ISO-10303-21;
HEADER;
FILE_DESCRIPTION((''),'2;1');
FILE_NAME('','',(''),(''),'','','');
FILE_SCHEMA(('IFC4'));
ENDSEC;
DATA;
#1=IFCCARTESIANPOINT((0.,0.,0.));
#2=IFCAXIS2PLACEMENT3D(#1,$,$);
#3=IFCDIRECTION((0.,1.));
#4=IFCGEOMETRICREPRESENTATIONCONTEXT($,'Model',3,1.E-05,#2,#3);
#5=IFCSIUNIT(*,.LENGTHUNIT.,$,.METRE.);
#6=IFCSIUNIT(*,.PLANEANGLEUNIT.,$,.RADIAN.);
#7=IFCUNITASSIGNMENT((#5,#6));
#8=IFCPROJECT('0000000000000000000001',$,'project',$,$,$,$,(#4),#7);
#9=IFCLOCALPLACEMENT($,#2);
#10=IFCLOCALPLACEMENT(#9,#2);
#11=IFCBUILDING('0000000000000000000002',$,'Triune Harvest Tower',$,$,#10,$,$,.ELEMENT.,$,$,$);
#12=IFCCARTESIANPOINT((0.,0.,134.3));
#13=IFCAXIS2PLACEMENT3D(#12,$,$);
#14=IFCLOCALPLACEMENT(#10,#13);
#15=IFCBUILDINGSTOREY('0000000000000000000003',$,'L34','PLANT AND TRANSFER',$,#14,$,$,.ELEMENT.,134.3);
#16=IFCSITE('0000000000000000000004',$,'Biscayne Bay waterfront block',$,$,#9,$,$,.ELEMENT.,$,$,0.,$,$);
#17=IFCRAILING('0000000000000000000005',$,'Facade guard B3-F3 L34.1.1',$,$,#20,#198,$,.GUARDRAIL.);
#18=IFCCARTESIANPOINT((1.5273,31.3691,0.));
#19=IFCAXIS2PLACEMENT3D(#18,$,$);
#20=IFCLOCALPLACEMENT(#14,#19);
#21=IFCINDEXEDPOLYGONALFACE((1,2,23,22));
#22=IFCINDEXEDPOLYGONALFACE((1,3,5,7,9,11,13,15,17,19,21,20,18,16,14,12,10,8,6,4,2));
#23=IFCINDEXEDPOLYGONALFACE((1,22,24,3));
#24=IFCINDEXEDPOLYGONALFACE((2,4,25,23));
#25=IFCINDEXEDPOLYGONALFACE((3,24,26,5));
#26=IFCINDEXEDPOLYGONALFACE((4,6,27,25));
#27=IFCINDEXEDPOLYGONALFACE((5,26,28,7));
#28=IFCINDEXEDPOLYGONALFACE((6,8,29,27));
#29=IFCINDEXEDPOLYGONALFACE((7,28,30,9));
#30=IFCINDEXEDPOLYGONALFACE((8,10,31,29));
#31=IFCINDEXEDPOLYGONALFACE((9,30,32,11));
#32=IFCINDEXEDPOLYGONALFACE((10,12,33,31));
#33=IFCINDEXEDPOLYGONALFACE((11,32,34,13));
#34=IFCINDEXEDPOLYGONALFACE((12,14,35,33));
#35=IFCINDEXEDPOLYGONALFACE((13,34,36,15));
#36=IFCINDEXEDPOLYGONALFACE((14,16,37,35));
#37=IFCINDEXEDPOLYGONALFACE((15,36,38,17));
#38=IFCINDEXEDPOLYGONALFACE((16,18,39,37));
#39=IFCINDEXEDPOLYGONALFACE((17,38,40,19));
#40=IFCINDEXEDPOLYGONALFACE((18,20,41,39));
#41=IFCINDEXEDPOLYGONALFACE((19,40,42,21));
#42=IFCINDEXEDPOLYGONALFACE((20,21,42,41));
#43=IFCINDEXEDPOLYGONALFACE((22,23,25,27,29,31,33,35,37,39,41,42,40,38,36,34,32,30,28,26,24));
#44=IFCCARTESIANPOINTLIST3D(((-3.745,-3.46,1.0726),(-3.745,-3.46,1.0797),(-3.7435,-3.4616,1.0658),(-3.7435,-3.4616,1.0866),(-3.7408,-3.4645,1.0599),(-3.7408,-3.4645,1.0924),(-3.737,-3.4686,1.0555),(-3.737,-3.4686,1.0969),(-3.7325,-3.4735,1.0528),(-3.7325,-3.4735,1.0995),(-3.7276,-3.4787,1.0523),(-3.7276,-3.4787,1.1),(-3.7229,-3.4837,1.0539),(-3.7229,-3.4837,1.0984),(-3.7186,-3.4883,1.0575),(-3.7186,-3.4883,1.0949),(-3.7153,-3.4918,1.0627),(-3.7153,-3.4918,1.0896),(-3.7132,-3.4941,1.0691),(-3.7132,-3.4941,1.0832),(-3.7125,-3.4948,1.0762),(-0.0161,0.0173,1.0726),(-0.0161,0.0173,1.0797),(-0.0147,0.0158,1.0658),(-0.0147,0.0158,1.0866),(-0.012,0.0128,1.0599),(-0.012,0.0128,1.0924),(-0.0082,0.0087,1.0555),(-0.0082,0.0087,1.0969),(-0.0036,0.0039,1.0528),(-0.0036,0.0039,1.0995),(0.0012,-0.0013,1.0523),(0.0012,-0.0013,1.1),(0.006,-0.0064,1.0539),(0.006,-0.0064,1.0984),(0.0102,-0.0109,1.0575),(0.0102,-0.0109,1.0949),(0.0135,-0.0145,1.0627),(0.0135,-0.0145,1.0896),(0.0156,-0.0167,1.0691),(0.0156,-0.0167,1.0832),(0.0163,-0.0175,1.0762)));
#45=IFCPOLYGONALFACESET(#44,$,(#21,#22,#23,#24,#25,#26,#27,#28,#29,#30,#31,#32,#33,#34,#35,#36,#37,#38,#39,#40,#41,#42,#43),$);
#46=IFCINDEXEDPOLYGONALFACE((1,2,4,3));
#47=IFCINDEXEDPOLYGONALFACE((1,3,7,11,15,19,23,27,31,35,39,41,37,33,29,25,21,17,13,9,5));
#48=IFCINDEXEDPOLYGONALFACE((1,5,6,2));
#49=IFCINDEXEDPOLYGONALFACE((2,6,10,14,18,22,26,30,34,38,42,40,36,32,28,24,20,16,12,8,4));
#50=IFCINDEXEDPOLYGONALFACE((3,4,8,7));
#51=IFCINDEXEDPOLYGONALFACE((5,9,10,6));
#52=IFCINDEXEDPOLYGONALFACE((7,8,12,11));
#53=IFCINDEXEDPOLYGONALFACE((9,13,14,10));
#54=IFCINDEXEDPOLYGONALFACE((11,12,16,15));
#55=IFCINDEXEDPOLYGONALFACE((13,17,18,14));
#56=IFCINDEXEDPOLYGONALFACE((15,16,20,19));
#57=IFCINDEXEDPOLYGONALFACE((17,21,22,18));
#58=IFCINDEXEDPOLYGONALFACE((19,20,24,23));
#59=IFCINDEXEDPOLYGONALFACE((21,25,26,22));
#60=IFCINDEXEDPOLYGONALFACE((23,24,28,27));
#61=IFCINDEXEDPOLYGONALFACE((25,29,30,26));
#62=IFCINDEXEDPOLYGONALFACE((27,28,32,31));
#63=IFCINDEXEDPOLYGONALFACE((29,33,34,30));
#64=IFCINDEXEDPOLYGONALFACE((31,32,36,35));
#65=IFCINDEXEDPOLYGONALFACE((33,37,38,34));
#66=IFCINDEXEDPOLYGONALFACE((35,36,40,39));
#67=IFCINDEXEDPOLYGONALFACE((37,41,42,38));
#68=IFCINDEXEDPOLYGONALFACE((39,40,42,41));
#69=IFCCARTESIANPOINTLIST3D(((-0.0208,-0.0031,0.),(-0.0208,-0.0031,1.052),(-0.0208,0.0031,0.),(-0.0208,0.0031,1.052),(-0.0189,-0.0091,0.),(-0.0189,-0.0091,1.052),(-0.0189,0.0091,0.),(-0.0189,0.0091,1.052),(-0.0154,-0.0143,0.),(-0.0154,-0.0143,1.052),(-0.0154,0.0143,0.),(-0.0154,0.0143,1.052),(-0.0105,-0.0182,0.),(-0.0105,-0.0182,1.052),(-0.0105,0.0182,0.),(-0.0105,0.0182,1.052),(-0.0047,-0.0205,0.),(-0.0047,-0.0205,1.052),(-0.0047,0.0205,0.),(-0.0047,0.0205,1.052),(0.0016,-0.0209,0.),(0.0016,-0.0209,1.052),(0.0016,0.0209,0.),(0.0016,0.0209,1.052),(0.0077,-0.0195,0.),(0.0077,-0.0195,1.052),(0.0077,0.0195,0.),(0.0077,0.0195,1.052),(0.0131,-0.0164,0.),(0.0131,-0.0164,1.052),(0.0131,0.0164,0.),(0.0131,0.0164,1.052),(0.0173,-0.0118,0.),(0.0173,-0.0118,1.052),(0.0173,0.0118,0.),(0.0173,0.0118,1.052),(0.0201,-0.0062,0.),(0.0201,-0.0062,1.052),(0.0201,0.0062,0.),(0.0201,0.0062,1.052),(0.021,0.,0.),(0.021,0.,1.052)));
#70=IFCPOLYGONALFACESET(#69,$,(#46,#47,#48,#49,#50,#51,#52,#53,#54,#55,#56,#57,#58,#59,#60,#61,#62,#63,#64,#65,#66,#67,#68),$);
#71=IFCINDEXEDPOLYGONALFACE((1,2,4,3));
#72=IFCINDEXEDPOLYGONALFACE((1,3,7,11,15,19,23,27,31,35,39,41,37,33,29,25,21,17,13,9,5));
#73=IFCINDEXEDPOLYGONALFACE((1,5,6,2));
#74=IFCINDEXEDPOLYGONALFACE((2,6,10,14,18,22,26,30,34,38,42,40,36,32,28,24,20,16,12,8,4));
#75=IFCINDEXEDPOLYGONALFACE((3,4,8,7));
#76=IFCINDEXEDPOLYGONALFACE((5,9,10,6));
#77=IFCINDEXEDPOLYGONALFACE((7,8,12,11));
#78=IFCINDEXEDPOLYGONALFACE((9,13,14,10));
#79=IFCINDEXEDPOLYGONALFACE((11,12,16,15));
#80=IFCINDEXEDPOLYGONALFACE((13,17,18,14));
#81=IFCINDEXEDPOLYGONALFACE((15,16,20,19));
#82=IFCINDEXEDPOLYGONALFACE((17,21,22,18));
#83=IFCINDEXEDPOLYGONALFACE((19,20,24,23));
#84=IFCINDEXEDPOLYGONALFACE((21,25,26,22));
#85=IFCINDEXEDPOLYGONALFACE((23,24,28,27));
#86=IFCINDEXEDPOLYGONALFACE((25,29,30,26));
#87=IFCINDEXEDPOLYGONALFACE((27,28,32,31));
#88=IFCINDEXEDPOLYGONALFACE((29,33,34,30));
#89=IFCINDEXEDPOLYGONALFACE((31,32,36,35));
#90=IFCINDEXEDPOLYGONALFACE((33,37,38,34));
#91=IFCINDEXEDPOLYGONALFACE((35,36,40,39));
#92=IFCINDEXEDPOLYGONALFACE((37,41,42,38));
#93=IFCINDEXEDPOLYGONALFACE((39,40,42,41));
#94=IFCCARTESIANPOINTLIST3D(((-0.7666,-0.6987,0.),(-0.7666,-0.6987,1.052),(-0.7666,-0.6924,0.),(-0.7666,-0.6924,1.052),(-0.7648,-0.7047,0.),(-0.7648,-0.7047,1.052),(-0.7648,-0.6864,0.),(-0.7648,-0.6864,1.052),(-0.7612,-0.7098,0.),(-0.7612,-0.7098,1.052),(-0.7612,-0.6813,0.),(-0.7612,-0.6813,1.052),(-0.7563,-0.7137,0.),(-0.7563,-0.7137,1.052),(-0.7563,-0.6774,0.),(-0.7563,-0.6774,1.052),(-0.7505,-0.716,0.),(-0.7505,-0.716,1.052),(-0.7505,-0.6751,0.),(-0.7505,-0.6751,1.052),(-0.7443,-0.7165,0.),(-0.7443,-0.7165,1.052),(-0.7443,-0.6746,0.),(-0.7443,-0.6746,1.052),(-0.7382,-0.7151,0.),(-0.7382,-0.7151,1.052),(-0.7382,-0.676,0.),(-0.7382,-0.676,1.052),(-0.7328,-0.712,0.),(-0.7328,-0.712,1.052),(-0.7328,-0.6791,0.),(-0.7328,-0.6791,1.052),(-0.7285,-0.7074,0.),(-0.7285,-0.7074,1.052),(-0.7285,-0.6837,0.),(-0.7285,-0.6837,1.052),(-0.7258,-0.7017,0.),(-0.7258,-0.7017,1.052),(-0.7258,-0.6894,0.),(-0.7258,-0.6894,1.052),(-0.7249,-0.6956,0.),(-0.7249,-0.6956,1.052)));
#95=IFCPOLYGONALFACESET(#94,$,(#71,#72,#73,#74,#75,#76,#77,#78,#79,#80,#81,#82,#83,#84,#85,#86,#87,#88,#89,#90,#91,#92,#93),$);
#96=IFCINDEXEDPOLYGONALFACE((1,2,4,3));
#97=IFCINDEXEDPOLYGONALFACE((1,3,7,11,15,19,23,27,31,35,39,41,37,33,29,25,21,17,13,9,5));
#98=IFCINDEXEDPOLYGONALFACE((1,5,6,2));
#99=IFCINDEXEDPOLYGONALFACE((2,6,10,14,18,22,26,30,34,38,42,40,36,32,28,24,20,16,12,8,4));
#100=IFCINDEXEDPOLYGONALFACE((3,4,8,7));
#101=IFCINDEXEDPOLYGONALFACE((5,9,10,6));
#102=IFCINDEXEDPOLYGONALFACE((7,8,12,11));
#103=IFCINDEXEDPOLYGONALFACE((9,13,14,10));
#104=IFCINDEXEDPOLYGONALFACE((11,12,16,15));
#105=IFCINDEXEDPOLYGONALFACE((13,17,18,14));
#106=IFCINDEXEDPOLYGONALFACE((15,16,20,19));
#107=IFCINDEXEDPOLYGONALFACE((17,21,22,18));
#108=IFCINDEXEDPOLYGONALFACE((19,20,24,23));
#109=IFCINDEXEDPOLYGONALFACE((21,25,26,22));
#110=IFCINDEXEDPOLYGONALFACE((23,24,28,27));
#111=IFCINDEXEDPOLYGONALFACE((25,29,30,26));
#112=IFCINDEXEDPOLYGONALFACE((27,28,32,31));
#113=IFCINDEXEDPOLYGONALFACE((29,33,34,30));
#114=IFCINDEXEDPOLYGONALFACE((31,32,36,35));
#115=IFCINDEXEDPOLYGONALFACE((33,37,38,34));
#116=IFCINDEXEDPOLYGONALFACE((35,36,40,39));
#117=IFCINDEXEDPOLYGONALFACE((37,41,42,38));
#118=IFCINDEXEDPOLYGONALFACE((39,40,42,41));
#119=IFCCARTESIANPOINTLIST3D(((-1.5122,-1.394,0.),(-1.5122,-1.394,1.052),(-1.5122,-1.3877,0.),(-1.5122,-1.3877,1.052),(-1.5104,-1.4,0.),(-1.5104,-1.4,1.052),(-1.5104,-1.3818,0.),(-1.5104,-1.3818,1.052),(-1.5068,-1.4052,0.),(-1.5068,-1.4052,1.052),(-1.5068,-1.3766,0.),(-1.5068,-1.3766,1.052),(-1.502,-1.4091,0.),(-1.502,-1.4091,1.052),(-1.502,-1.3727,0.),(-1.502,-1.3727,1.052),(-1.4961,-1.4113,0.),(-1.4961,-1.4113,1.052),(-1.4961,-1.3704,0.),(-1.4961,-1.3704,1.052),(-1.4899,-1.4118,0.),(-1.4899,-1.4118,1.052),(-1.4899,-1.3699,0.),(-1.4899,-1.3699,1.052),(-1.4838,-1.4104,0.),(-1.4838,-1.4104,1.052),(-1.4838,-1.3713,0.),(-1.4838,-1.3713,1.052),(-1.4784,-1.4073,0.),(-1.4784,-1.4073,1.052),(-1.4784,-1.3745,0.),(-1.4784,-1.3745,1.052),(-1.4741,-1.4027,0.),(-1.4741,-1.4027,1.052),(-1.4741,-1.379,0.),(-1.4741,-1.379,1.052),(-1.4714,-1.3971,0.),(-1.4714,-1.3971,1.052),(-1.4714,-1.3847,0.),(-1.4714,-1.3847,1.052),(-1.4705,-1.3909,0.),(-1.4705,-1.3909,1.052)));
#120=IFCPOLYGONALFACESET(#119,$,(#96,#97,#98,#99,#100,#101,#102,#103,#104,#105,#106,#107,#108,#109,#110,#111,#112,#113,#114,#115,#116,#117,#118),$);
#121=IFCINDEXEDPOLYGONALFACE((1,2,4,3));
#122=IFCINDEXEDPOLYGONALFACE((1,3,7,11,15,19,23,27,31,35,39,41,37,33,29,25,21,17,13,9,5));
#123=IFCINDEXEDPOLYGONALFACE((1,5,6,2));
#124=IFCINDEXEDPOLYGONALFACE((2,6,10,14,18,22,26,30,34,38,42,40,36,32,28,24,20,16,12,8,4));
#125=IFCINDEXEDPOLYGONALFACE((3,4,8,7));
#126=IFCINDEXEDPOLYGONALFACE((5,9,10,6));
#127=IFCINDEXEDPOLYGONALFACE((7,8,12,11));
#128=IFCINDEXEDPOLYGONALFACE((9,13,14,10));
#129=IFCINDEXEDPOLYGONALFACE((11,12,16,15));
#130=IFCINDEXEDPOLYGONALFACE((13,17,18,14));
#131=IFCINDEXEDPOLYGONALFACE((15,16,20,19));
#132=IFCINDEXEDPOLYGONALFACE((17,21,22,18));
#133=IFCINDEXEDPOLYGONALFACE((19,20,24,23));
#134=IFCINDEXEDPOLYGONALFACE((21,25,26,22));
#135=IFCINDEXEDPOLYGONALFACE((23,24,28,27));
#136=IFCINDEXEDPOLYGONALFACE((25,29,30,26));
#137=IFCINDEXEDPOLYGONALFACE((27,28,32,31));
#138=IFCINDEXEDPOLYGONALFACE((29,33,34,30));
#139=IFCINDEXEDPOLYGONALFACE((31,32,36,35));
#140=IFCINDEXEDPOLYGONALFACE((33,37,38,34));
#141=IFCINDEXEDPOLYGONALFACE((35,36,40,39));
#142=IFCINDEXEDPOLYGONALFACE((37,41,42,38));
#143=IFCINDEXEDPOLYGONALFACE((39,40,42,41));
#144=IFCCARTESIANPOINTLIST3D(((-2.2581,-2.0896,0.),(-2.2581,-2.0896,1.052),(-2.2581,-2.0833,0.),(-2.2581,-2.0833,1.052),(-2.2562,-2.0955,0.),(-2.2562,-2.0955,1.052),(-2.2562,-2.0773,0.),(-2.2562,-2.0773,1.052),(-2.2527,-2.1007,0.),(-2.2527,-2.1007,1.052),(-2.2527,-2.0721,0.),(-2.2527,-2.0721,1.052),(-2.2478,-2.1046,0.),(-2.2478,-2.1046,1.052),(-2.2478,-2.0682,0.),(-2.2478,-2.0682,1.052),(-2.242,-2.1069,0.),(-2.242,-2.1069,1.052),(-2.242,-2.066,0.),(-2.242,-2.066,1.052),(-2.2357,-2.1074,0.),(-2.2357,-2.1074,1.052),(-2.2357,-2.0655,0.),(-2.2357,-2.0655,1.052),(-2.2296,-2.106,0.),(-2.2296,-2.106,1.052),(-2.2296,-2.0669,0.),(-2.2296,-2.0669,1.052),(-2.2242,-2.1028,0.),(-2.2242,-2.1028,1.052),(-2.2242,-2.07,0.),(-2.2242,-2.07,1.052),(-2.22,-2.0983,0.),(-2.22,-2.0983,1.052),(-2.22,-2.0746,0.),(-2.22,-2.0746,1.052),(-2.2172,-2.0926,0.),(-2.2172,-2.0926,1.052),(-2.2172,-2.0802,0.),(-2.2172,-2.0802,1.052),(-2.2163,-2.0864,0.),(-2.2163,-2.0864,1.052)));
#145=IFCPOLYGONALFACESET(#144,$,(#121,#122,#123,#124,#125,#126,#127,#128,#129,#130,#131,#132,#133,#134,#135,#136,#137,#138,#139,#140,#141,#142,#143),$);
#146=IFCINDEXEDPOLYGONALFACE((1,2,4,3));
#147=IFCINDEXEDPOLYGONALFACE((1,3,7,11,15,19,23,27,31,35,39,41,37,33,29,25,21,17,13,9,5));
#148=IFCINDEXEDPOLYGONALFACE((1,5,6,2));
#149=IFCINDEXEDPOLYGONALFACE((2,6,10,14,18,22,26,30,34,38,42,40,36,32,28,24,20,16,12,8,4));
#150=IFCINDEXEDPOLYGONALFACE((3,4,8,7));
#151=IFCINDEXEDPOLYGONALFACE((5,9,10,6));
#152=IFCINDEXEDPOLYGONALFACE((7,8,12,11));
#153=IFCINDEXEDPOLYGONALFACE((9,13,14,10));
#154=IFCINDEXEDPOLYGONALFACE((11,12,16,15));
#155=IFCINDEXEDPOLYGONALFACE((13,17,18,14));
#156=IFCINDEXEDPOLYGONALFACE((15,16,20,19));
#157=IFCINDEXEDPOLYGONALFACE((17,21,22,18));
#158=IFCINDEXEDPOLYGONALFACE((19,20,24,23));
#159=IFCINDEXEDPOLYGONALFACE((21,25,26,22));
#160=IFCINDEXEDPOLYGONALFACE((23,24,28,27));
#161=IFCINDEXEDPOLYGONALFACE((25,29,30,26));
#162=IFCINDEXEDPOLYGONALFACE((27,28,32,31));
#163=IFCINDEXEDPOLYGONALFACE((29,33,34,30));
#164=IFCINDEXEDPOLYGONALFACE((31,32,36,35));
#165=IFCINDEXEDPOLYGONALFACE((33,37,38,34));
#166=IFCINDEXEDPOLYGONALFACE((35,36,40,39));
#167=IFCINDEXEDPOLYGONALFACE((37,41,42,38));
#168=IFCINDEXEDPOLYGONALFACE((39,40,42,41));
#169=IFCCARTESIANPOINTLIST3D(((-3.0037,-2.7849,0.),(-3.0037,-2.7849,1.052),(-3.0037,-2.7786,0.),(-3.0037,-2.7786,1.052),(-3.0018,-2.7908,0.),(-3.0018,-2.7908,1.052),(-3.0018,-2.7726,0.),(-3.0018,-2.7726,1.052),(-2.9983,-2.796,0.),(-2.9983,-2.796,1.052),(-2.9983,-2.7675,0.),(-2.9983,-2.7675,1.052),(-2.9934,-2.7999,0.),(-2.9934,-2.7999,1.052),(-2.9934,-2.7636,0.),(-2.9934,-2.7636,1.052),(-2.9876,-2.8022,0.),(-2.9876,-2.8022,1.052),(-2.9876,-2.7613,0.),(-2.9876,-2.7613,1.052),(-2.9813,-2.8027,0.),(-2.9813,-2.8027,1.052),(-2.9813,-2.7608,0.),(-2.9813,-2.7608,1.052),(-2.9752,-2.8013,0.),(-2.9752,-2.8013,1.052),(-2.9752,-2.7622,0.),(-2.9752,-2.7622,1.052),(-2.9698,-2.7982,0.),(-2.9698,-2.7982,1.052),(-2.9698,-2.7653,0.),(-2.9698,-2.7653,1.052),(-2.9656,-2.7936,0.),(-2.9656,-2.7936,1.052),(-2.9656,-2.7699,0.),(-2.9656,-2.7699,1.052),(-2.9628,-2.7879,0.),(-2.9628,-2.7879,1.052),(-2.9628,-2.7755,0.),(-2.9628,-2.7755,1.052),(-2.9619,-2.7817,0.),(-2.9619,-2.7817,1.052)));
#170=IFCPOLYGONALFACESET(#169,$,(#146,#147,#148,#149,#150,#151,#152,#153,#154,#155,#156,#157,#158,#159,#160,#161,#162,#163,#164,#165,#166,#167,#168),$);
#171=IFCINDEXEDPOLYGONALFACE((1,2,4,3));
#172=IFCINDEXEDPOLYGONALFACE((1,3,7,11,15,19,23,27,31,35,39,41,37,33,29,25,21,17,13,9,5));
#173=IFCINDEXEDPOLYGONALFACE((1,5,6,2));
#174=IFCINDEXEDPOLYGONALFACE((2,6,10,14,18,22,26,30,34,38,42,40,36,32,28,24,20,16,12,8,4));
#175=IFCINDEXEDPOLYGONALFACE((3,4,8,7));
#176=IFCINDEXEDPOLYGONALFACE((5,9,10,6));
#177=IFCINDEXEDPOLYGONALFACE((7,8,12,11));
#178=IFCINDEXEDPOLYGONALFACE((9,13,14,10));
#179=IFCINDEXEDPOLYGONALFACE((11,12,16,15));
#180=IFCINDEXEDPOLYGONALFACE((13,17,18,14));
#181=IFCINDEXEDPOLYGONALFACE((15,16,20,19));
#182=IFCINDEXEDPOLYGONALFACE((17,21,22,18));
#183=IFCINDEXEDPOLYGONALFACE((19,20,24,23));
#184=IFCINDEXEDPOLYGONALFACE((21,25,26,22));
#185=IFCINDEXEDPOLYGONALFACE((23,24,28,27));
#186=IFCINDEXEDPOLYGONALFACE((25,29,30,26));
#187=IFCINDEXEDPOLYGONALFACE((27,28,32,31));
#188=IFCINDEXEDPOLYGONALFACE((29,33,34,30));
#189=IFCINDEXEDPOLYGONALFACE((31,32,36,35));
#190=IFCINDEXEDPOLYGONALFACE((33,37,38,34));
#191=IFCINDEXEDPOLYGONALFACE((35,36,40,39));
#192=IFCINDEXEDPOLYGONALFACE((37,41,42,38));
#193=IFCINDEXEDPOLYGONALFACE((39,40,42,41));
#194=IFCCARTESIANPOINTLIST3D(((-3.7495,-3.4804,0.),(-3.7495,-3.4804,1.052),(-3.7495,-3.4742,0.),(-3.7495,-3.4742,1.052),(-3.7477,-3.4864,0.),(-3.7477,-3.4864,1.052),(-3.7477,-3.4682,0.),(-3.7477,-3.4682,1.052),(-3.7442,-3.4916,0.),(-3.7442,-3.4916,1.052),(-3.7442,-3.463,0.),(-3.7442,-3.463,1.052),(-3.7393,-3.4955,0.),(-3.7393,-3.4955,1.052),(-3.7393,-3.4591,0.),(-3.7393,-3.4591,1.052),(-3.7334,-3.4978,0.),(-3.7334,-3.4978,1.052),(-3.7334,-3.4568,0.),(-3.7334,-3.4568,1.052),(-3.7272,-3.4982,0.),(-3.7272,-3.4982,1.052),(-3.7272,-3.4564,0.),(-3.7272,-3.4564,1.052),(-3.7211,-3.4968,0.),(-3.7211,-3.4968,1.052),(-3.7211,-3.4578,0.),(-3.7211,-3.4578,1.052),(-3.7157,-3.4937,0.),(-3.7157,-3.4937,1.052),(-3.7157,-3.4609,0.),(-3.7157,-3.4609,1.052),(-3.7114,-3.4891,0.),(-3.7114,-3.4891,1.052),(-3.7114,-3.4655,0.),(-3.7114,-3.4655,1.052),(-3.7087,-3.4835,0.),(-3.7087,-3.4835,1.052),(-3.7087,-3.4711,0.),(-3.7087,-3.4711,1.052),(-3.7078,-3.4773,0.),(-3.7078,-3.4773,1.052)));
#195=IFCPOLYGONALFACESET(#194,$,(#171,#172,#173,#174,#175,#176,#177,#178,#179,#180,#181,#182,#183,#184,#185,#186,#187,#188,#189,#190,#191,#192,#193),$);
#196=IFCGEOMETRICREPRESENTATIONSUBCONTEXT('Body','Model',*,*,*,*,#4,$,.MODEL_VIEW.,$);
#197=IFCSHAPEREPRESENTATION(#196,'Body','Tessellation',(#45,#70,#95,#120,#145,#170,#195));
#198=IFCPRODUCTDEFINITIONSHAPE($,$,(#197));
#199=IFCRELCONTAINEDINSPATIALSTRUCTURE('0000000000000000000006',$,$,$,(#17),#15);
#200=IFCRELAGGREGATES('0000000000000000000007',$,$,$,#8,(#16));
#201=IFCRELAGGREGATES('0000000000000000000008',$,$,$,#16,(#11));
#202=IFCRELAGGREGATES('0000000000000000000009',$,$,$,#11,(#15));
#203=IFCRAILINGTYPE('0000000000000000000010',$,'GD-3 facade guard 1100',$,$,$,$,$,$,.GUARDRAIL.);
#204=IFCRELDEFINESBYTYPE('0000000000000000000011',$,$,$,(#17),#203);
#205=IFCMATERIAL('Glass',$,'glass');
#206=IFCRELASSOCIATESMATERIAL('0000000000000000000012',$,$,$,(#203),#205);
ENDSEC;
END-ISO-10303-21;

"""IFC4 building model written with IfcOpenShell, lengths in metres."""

from ifc_helpers import new_model, si_unit, direction, frame, origin, origin_2d, place, context, subcontext, project, spatial, circle, extrude, material, type_object, element, save


model = new_model("IFC4")

# Units and contexts
model_context = context("Model", 3, precision=1e-05, world=origin(), true_north=direction((0.0, 1.0)))
body_context = subcontext(model_context, "Body", "Model", "MODEL_VIEW")
ifc_project = project(units=[si_unit("LENGTHUNIT", "METRE"), si_unit("PLANEANGLEUNIT", "RADIAN")], contexts=[model_context])

# Site, building, storey
site_placement = place(None, origin())
site = spatial("IfcSite", under=ifc_project, at=site_placement, Name="Biscayne Bay waterfront block", CompositionType="ELEMENT", RefElevation=0.0)
building_placement = place(site_placement, origin())
building = spatial("IfcBuilding", under=site, at=building_placement, Name="Triune Harvest Tower", CompositionType="ELEMENT")
storey_placement = place(building_placement, frame((0.0, 0.0, 134.3)))
storey = spatial("IfcBuildingStorey", under=building, at=storey_placement, Name="L34", Description="PLANT AND TRANSFER", CompositionType="ELEMENT", Elevation=134.3)

# Railing
ifc_material_1 = material(Name="Glass", Category="glass")
railing_type = type_object("IfcRailingType", Name="GD-3 facade guard 1100", PredefinedType="GUARDRAIL", material=ifc_material_1)
railing_placement = place(storey_placement, frame((1.5273, 31.3691, 0.0)))
element("IfcRailing", 1, at=railing_placement, inside=storey, type_object=railing_type, Name="Facade guard B3-F3 L34.1.1", PredefinedType="GUARDRAIL", context=body_context, shape_type="SweptSolid", body=[
    extrude(circle(Radius=0.0239, at=origin_2d()), frame((0.0, 0.0, 1.0762), z_axis=(-0.731337, -0.682016, 0.0), x_axis=(0.682016, -0.731337, 0.0)), (0.0, 0.0, 1.0), 5.0986),
    extrude(circle(Radius=0.021, at=origin_2d()), origin(), (0.0, 0.0, 1.0), 1.052),
    extrude(circle(Radius=0.021, at=origin_2d()), frame((-0.7458, -0.6956, 0.0)), (0.0, 0.0, 1.0), 1.052),
    extrude(circle(Radius=0.021, at=origin_2d()), frame((-1.4915, -1.3909, 0.0)), (0.0, 0.0, 1.0), 1.052),
    extrude(circle(Radius=0.021, at=origin_2d()), frame((-2.2373, -2.0864, 0.0)), (0.0, 0.0, 1.0), 1.052),
    extrude(circle(Radius=0.021, at=origin_2d()), frame((-2.9829, -2.7817, 0.0)), (0.0, 0.0, 1.0), 1.052),
    extrude(circle(Radius=0.021, at=origin_2d()), frame((-3.7288, -3.4773, 0.0)), (0.0, 0.0, 1.0), 1.052),
])

save(model, "model.ifc")
